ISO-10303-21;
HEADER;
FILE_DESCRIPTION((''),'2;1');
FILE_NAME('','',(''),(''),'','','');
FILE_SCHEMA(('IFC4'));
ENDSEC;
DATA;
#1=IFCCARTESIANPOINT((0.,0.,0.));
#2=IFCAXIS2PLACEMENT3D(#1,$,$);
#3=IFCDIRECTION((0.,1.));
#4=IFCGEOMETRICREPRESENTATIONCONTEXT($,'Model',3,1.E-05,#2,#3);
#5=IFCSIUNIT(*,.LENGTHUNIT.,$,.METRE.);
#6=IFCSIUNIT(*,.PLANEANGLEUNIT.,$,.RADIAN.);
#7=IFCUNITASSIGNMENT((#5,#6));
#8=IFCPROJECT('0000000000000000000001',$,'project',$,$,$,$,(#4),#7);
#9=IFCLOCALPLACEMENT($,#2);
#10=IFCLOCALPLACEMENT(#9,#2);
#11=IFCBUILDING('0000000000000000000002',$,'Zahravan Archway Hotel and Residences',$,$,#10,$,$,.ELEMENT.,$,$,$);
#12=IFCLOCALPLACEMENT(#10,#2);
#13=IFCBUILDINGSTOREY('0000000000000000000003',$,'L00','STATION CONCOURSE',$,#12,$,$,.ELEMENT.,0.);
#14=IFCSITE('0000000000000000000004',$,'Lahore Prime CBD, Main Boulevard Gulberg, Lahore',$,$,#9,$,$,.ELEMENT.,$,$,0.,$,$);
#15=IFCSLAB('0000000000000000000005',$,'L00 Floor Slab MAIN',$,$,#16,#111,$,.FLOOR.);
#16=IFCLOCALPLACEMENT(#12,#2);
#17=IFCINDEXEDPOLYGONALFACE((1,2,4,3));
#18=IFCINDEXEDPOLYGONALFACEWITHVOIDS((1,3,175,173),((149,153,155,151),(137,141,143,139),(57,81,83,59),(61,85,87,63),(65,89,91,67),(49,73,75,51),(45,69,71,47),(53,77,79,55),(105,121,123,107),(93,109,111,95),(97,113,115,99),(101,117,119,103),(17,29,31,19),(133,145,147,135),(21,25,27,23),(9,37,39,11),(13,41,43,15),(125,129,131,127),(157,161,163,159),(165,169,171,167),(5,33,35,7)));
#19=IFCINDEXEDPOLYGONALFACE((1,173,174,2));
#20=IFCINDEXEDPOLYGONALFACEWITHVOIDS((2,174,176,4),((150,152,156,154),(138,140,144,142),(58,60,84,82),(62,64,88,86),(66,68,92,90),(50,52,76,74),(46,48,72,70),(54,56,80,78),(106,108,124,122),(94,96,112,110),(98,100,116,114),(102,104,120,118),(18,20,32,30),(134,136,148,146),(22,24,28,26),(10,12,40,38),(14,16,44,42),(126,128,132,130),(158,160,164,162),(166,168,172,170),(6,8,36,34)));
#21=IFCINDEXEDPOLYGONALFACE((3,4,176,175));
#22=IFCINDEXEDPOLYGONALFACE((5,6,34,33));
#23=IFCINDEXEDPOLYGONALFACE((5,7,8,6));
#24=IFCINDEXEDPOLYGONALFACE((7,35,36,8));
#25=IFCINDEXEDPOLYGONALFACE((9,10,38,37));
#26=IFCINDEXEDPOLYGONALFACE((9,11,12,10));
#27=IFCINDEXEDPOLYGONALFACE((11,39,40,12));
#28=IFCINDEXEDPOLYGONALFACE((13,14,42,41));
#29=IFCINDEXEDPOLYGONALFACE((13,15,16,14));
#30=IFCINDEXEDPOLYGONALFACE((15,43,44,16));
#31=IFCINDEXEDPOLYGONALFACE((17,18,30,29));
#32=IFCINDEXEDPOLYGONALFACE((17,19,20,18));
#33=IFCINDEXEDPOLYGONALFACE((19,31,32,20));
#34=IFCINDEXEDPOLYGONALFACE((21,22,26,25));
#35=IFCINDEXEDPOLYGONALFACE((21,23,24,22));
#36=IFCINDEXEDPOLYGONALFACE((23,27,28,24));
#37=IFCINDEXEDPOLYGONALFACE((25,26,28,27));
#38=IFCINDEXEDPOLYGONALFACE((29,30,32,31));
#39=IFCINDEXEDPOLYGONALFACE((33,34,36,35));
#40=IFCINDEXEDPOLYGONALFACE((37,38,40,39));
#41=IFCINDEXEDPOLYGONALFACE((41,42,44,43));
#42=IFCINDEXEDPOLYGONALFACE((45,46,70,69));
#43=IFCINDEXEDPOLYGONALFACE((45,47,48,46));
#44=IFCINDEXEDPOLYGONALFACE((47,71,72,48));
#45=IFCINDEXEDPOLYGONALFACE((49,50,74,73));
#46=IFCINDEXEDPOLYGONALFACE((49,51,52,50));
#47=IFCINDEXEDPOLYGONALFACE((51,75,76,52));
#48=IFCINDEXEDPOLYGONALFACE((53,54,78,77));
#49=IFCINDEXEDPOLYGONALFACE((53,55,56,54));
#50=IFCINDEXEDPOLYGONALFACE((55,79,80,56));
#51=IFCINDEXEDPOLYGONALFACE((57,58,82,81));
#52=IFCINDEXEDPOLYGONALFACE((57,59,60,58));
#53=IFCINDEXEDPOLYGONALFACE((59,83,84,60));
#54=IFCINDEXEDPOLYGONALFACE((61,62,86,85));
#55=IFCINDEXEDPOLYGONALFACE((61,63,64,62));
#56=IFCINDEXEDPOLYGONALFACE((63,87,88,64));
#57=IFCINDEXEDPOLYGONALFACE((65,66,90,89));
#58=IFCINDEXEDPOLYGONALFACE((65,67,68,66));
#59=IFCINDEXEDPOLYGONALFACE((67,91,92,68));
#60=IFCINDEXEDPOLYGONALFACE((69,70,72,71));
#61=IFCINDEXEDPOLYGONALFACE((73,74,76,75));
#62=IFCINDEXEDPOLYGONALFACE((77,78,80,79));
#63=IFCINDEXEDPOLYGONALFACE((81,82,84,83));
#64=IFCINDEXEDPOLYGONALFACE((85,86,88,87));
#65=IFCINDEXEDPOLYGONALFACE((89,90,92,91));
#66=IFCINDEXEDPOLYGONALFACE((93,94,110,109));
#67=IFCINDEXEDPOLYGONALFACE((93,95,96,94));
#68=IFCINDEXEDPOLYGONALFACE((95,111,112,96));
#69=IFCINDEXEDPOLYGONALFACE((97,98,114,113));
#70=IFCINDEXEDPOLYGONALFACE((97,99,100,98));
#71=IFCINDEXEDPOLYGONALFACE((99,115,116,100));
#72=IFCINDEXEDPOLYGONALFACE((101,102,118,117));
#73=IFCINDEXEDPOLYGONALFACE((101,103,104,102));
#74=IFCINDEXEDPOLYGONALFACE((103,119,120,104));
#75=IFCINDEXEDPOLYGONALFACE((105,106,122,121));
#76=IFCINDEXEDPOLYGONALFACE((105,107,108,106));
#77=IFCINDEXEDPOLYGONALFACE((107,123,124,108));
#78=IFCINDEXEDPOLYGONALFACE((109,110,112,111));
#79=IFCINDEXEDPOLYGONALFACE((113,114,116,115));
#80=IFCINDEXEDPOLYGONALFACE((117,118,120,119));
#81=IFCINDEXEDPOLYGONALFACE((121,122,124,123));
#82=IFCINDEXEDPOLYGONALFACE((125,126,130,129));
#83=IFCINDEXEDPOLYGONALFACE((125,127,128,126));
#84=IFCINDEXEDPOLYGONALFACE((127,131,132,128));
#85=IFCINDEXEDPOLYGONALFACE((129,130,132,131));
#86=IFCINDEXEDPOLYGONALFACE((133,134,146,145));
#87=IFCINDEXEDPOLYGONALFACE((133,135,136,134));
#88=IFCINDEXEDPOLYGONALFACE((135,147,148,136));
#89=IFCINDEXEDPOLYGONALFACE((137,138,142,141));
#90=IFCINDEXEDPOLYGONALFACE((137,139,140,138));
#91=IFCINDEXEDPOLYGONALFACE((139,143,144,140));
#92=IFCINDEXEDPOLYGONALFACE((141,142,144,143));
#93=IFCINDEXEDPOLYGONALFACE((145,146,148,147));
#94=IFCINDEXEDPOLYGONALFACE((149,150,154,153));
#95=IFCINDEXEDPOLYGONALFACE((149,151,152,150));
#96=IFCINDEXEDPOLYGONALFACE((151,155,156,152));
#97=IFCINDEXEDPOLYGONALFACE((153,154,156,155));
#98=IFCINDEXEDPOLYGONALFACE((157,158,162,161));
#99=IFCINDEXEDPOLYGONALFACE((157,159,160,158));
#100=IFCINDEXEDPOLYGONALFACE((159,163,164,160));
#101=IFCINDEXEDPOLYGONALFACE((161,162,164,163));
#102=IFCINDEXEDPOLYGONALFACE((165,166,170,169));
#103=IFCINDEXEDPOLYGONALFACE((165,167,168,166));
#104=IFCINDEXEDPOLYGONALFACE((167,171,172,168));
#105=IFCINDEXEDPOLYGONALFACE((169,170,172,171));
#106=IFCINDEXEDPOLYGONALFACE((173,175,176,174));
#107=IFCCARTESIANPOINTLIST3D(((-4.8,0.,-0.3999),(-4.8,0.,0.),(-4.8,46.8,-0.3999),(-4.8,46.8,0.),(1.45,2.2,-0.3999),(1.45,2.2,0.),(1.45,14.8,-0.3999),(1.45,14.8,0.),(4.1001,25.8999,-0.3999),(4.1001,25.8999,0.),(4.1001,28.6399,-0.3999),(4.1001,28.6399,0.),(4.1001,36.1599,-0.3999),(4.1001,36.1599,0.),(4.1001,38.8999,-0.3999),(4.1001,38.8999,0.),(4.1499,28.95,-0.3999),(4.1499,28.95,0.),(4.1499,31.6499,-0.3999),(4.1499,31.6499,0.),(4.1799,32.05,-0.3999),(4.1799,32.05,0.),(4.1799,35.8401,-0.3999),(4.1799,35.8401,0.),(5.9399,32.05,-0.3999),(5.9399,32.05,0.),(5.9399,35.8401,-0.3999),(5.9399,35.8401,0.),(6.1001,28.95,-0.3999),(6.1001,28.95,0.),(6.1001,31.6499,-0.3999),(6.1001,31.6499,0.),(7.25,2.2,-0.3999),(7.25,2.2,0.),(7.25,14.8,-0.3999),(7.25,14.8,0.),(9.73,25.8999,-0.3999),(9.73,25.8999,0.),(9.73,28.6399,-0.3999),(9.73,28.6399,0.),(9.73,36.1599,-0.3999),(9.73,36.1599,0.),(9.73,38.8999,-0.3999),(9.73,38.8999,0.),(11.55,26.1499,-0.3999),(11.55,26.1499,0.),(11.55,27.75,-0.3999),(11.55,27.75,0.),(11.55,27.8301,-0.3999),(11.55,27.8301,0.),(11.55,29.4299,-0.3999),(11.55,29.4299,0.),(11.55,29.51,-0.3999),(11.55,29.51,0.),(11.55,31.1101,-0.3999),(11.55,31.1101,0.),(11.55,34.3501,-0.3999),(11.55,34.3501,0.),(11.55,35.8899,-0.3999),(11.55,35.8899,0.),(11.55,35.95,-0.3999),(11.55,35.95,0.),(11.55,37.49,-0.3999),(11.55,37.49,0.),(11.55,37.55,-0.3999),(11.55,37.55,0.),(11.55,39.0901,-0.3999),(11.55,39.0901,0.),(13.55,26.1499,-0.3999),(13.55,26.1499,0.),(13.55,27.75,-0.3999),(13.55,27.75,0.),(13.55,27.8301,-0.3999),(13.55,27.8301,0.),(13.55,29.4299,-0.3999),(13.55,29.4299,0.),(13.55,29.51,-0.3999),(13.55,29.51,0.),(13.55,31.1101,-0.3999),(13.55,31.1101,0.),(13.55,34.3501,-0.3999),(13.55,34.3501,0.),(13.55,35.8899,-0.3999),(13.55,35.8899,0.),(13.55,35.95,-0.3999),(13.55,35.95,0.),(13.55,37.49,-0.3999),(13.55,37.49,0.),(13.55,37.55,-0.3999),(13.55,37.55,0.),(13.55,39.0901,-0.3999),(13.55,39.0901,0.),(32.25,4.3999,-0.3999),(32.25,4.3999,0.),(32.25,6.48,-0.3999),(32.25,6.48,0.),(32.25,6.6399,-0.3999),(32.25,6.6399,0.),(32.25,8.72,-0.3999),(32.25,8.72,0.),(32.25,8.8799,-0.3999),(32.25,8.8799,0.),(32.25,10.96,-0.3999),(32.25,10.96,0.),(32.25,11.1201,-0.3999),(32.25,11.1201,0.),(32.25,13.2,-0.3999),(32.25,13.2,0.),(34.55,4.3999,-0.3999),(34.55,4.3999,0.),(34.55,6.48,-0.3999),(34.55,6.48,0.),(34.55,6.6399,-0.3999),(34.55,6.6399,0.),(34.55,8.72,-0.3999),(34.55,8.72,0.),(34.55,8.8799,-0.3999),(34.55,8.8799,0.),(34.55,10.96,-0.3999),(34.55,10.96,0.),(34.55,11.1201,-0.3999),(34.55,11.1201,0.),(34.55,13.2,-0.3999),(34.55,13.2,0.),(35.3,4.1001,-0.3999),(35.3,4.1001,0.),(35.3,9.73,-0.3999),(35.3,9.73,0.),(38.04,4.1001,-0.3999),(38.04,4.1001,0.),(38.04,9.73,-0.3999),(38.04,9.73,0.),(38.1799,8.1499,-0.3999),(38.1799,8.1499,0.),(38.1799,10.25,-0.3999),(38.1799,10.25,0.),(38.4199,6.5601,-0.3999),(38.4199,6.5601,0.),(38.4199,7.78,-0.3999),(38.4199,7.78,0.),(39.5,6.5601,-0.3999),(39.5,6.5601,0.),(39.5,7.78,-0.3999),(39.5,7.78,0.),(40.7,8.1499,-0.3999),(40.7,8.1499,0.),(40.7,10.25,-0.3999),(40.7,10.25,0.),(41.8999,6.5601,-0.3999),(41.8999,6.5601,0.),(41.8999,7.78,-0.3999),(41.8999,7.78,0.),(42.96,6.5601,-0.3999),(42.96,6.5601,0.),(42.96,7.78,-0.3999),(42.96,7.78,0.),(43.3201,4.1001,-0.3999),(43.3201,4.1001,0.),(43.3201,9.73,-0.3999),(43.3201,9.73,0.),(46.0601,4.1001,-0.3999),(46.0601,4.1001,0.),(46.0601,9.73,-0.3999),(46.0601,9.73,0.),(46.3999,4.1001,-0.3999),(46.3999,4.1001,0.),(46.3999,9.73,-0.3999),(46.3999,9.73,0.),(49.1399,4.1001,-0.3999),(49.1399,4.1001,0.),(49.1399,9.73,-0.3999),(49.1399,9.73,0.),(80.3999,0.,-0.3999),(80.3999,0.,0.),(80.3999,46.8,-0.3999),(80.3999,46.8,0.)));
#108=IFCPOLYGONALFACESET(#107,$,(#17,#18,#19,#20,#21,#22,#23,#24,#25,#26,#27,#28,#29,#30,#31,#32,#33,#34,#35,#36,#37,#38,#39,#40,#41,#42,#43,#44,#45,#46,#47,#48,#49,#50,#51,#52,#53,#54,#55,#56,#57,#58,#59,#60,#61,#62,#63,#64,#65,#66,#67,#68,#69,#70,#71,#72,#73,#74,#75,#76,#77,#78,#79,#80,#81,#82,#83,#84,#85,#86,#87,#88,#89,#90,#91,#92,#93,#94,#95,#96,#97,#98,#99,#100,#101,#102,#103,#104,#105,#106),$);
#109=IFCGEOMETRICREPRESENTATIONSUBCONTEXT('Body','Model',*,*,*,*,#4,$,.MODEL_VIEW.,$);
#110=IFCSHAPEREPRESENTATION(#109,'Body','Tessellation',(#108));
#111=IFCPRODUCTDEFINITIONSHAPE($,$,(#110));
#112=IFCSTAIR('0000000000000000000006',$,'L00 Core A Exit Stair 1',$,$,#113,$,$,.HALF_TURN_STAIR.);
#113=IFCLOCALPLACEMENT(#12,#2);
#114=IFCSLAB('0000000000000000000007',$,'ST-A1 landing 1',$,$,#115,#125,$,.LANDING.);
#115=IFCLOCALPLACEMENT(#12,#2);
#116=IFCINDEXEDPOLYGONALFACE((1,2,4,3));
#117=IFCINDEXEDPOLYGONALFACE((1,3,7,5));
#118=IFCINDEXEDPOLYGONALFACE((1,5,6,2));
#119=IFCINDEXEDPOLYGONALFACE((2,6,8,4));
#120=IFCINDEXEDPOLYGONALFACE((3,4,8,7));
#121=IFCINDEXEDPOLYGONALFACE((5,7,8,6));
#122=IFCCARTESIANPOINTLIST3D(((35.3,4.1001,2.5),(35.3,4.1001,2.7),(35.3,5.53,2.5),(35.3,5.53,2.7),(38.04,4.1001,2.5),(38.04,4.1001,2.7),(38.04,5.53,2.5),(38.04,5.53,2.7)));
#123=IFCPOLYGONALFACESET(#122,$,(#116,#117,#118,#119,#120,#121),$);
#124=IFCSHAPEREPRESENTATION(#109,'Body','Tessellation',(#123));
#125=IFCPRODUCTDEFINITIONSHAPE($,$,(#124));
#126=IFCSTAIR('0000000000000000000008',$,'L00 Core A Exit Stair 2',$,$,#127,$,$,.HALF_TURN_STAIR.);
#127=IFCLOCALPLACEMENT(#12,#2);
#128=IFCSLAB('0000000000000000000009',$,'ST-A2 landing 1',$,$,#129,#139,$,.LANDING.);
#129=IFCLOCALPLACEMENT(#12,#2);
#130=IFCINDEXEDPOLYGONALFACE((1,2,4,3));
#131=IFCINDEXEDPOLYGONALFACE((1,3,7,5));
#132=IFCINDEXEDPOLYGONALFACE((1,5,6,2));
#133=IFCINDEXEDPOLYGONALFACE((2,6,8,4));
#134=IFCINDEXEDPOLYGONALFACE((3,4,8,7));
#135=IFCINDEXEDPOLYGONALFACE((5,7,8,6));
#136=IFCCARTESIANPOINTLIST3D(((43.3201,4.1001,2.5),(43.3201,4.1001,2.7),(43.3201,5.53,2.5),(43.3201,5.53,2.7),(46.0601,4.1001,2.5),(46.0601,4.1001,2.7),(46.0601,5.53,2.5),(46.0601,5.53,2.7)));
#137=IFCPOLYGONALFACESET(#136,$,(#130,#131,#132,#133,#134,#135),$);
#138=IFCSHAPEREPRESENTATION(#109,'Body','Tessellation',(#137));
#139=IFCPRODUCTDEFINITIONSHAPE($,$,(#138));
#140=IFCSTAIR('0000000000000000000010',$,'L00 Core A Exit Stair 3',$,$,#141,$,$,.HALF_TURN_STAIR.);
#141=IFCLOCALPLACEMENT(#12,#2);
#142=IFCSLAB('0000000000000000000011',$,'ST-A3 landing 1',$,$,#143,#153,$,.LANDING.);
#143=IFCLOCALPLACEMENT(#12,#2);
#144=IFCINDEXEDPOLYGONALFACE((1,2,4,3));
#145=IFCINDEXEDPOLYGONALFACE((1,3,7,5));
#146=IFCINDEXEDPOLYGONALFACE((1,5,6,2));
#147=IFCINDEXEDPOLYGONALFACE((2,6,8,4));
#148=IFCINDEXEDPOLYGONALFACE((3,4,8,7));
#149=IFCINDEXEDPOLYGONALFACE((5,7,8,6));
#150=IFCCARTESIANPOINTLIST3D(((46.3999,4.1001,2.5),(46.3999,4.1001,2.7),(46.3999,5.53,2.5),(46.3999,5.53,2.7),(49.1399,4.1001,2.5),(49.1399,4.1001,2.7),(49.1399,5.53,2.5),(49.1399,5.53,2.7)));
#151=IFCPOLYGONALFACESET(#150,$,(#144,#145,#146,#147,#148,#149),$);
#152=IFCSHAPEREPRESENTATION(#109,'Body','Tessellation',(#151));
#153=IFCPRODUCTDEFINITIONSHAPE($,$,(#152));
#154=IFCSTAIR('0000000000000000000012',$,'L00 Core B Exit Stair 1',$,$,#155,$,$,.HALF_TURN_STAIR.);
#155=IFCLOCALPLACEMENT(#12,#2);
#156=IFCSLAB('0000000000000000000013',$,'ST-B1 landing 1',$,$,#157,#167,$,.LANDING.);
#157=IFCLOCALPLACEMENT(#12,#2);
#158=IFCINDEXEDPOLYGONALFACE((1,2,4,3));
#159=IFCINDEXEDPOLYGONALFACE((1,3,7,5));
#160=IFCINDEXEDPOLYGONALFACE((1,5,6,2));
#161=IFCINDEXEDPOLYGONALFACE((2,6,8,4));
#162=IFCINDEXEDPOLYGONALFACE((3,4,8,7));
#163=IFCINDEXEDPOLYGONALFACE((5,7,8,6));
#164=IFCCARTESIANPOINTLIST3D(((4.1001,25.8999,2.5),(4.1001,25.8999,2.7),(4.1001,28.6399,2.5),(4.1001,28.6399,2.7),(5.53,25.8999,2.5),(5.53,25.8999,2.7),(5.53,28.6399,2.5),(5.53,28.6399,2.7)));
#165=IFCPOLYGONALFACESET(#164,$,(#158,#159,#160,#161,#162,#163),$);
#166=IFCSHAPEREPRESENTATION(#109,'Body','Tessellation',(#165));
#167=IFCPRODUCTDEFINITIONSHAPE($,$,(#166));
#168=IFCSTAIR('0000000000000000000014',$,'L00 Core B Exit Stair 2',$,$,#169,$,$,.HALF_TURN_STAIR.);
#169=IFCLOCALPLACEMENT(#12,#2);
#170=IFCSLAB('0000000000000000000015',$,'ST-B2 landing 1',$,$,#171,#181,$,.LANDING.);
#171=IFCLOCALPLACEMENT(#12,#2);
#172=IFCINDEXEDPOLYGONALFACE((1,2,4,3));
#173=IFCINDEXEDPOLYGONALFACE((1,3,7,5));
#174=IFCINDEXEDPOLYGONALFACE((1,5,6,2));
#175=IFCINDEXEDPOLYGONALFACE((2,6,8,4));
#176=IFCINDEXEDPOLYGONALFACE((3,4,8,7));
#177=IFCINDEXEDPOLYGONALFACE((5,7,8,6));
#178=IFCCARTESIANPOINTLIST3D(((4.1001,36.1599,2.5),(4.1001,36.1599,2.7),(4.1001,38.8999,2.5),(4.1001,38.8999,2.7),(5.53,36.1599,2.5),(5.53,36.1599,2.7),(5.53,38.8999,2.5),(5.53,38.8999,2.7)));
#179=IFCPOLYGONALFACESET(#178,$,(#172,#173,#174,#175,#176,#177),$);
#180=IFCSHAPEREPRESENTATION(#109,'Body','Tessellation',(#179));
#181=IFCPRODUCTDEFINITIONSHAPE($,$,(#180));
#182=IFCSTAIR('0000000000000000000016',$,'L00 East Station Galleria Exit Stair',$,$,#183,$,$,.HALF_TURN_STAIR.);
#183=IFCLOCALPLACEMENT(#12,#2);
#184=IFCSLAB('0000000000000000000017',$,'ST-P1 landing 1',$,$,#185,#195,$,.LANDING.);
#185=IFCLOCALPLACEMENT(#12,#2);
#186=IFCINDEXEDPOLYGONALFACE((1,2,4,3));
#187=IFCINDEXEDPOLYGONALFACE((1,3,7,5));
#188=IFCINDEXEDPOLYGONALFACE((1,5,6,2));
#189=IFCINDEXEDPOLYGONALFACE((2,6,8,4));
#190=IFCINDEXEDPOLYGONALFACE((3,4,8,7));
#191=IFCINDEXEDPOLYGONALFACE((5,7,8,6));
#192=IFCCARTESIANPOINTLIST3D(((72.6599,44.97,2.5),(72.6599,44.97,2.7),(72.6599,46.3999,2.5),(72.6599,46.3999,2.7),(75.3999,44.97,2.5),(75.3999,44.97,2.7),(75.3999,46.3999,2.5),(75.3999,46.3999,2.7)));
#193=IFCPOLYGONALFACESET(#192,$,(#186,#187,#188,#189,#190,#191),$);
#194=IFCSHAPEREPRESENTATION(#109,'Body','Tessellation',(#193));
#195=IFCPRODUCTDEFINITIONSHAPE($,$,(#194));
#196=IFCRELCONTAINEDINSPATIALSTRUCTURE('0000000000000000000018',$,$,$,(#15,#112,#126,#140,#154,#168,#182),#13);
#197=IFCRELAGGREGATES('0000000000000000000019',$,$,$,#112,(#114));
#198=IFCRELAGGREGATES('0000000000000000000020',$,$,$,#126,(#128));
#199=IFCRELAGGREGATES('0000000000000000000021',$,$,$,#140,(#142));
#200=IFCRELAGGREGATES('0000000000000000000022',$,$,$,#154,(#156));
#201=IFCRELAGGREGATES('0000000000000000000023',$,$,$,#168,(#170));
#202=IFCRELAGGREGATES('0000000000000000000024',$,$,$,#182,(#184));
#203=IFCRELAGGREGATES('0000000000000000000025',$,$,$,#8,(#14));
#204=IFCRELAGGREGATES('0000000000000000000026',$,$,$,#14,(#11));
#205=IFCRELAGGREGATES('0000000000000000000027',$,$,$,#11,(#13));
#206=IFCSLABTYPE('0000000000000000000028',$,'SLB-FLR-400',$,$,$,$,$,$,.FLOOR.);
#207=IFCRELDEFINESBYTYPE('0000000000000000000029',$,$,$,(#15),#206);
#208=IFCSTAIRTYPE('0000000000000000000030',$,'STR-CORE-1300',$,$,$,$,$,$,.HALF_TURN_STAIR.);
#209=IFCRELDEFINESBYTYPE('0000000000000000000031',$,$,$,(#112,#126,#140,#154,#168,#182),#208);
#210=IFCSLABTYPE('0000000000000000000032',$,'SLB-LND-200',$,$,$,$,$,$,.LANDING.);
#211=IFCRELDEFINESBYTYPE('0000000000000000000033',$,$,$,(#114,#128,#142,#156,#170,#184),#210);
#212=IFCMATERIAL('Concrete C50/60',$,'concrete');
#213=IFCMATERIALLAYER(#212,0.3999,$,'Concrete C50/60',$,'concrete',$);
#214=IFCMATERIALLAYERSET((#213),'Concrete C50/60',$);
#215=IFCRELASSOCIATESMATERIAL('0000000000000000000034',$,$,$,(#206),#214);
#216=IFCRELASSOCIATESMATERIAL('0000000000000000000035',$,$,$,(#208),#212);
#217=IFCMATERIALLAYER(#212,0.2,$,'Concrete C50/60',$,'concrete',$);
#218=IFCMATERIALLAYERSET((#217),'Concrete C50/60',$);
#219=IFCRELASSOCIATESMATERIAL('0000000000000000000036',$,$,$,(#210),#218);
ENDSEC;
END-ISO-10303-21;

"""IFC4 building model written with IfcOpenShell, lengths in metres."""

from ifc_helpers import new_model, si_unit, direction, frame, origin, place, context, subcontext, project, spatial, polyline, outline, extrude, material, layer, layer_set, type_object, element, aggregate, save


model = new_model("IFC4")

# Units and contexts
model_context = context("Model", 3, precision=1e-05, world=origin(), true_north=direction((0.0, 1.0)))
body_context = subcontext(model_context, "Body", "Model", "MODEL_VIEW")
ifc_project = project(units=[si_unit("LENGTHUNIT", "METRE"), si_unit("PLANEANGLEUNIT", "RADIAN")], contexts=[model_context])

# Site, building, storey
site_placement = place(None, origin())
site = spatial("IfcSite", under=ifc_project, at=site_placement, Name="Lahore Prime CBD, Main Boulevard Gulberg, Lahore", CompositionType="ELEMENT", RefElevation=0.0)
building_placement = place(site_placement, origin())
building = spatial("IfcBuilding", under=site, at=building_placement, Name="Zahravan Archway Hotel and Residences", CompositionType="ELEMENT")
storey_placement = place(building_placement, origin())
storey = spatial("IfcBuildingStorey", under=building, at=storey_placement, Name="L00", Description="STATION CONCOURSE", CompositionType="ELEMENT", Elevation=0.0)

# Shared definitions
ifc_material_1 = material(Name="Concrete C50/60", Category="concrete")

# Slab
ifc_layer_1 = layer(ifc_material_1, 0.3999, Name="Concrete C50/60", Category="concrete")
ifc_layer_set_1 = layer_set([ifc_layer_1], Name="Concrete C50/60")
slab_type_1 = type_object("IfcSlabType", Name="SLB-FLR-400", PredefinedType="FLOOR", material=ifc_layer_set_1)
slab_1_placement = place(storey_placement, frame((0.0, 0.0, -0.3999)))
element("IfcSlab", 1, at=slab_1_placement, inside=storey, type_object=slab_type_1, Name="L00 Floor Slab MAIN", PredefinedType="FLOOR", context=body_context, shape_type="SweptSolid", body=[
    extrude(outline(polyline([(-4.8, 0.0), (80.3999, 0.0), (80.3999, 46.8), (-4.8, 46.8), (-4.8, 0.0)]), holes=[polyline([(35.3, 9.73), (35.3, 4.1001), (38.04, 4.1001), (38.04, 9.73), (35.3, 9.73)]), polyline([(43.3201, 9.73), (43.3201, 4.1001), (46.0601, 4.1001), (46.0601, 9.73), (43.3201, 9.73)]), polyline([(46.3999, 9.73), (46.3999, 4.1001), (49.1399, 4.1001), (49.1399, 9.73), (46.3999, 9.73)]), polyline([(9.73, 28.6399), (4.1001, 28.6399), (4.1001, 25.8999), (9.73, 25.8999), (9.73, 28.6399)]), polyline([(9.73, 38.8999), (4.1001, 38.8999), (4.1001, 36.1599), (9.73, 36.1599), (9.73, 38.8999)]), polyline([(38.1799, 8.1499), (40.7, 8.1499), (40.7, 10.25), (38.1799, 10.25), (38.1799, 8.1499)]), polyline([(4.1499, 28.95), (6.1001, 28.95), (6.1001, 31.6499), (4.1499, 31.6499), (4.1499, 28.95)]), polyline([(11.55, 26.1499), (13.55, 26.1499), (13.55, 27.75), (11.55, 27.75), (11.55, 26.1499)]), polyline([(11.55, 27.8301), (13.55, 27.8301), (13.55, 29.4299), (11.55, 29.4299), (11.55, 27.8301)]), polyline([(11.55, 29.51), (13.55, 29.51), (13.55, 31.1101), (11.55, 31.1101), (11.55, 29.51)]), polyline([(11.55, 34.3501), (13.55, 34.3501), (13.55, 35.8899), (11.55, 35.8899), (11.55, 34.3501)]), polyline([(11.55, 35.95), (13.55, 35.95), (13.55, 37.49), (11.55, 37.49), (11.55, 35.95)]), polyline([(11.55, 37.55), (13.55, 37.55), (13.55, 39.0901), (11.55, 39.0901), (11.55, 37.55)]), polyline([(32.25, 4.3999), (34.55, 4.3999), (34.55, 6.48), (32.25, 6.48), (32.25, 4.3999)]), polyline([(32.25, 6.6399), (34.55, 6.6399), (34.55, 8.72), (32.25, 8.72), (32.25, 6.6399)]), polyline([(32.25, 8.8799), (34.55, 8.8799), (34.55, 10.96), (32.25, 10.96), (32.25, 8.8799)]), polyline([(32.25, 11.1201), (34.55, 11.1201), (34.55, 13.2), (32.25, 13.2), (32.25, 11.1201)]), polyline([(1.45, 2.2), (7.25, 2.2), (7.25, 14.8), (1.45, 14.8), (1.45, 2.2)]), polyline([(38.4199, 6.5601), (39.5, 6.5601), (39.5, 7.78), (38.4199, 7.78), (38.4199, 6.5601)]), polyline([(41.8999, 6.5601), (42.96, 6.5601), (42.96, 7.78), (41.8999, 7.78), (41.8999, 6.5601)]), polyline([(4.1799, 32.05), (5.9399, 32.05), (5.9399, 35.8401), (4.1799, 35.8401), (4.1799, 32.05)])]), origin(), (0.0, 0.0, 1.0), 0.3999),
])

# Stairs, slabs
stair_type = type_object("IfcStairType", Name="STR-CORE-1300", PredefinedType="HALF_TURN_STAIR", material=ifc_material_1)
stair_1_placement = place(storey_placement, origin())
stair_1 = element("IfcStair", 2, at=stair_1_placement, inside=storey, type_object=stair_type, Name="L00 Core A Exit Stair 1", PredefinedType="HALF_TURN_STAIR")
ifc_layer_2 = layer(ifc_material_1, 0.2, Name="Concrete C50/60", Category="concrete")
ifc_layer_set_2 = layer_set([ifc_layer_2], Name="Concrete C50/60")
slab_type_2 = type_object("IfcSlabType", Name="SLB-LND-200", PredefinedType="LANDING", material=ifc_layer_set_2)
slab_2_placement = place(storey_placement, frame((0.0, 0.0, 2.5)))
slab_2 = element("IfcSlab", 3, at=slab_2_placement, type_object=slab_type_2, Name="ST-A1 landing 1", PredefinedType="LANDING", context=body_context, shape_type="SweptSolid", body=[
    extrude(outline(polyline([(35.3, 5.53), (35.3, 4.1001), (38.04, 4.1001), (38.04, 5.53), (35.3, 5.53)])), origin(), (0.0, 0.0, 1.0), 0.2),
])
aggregate(stair_1, [slab_2])
stair_2_placement = place(storey_placement, origin())
stair_2 = element("IfcStair", 4, at=stair_2_placement, inside=storey, type_object=stair_type, Name="L00 Core A Exit Stair 2", PredefinedType="HALF_TURN_STAIR")
slab_3_placement = place(storey_placement, frame((0.0, 0.0, 2.5)))
slab_3 = element("IfcSlab", 5, at=slab_3_placement, type_object=slab_type_2, Name="ST-A2 landing 1", PredefinedType="LANDING", context=body_context, shape_type="SweptSolid", body=[
    extrude(outline(polyline([(43.3201, 5.53), (43.3201, 4.1001), (46.0601, 4.1001), (46.0601, 5.53), (43.3201, 5.53)])), origin(), (0.0, 0.0, 1.0), 0.2),
])
aggregate(stair_2, [slab_3])
stair_3_placement = place(storey_placement, origin())
stair_3 = element("IfcStair", 6, at=stair_3_placement, inside=storey, type_object=stair_type, Name="L00 Core A Exit Stair 3", PredefinedType="HALF_TURN_STAIR")
slab_4_placement = place(storey_placement, frame((0.0, 0.0, 2.5)))
slab_4 = element("IfcSlab", 7, at=slab_4_placement, type_object=slab_type_2, Name="ST-A3 landing 1", PredefinedType="LANDING", context=body_context, shape_type="SweptSolid", body=[
    extrude(outline(polyline([(46.3999, 5.53), (46.3999, 4.1001), (49.1399, 4.1001), (49.1399, 5.53), (46.3999, 5.53)])), origin(), (0.0, 0.0, 1.0), 0.2),
])
aggregate(stair_3, [slab_4])
stair_4_placement = place(storey_placement, origin())
stair_4 = element("IfcStair", 8, at=stair_4_placement, inside=storey, type_object=stair_type, Name="L00 Core B Exit Stair 1", PredefinedType="HALF_TURN_STAIR")
slab_5_placement = place(storey_placement, frame((0.0, 0.0, 2.5)))
slab_5 = element("IfcSlab", 9, at=slab_5_placement, type_object=slab_type_2, Name="ST-B1 landing 1", PredefinedType="LANDING", context=body_context, shape_type="SweptSolid", body=[
    extrude(outline(polyline([(5.53, 28.6399), (4.1001, 28.6399), (4.1001, 25.8999), (5.53, 25.8999), (5.53, 28.6399)])), origin(), (0.0, 0.0, 1.0), 0.2),
])
aggregate(stair_4, [slab_5])
stair_5_placement = place(storey_placement, origin())
stair_5 = element("IfcStair", 10, at=stair_5_placement, inside=storey, type_object=stair_type, Name="L00 Core B Exit Stair 2", PredefinedType="HALF_TURN_STAIR")
slab_6_placement = place(storey_placement, frame((0.0, 0.0, 2.5)))
slab_6 = element("IfcSlab", 11, at=slab_6_placement, type_object=slab_type_2, Name="ST-B2 landing 1", PredefinedType="LANDING", context=body_context, shape_type="SweptSolid", body=[
    extrude(outline(polyline([(5.53, 38.8999), (4.1001, 38.8999), (4.1001, 36.1599), (5.53, 36.1599), (5.53, 38.8999)])), origin(), (0.0, 0.0, 1.0), 0.2),
])
aggregate(stair_5, [slab_6])
stair_6_placement = place(storey_placement, origin())
stair_6 = element("IfcStair", 12, at=stair_6_placement, inside=storey, type_object=stair_type, Name="L00 East Station Galleria Exit Stair", PredefinedType="HALF_TURN_STAIR")
slab_7_placement = place(storey_placement, frame((0.0, 0.0, 2.5)))
slab_7 = element("IfcSlab", 13, at=slab_7_placement, type_object=slab_type_2, Name="ST-P1 landing 1", PredefinedType="LANDING", context=body_context, shape_type="SweptSolid", body=[
    extrude(outline(polyline([(75.3999, 44.97), (75.3999, 46.3999), (72.6599, 46.3999), (72.6599, 44.97), (75.3999, 44.97)])), origin(), (0.0, 0.0, 1.0), 0.2),
])
aggregate(stair_6, [slab_7])

save(model, "model.ifc")
